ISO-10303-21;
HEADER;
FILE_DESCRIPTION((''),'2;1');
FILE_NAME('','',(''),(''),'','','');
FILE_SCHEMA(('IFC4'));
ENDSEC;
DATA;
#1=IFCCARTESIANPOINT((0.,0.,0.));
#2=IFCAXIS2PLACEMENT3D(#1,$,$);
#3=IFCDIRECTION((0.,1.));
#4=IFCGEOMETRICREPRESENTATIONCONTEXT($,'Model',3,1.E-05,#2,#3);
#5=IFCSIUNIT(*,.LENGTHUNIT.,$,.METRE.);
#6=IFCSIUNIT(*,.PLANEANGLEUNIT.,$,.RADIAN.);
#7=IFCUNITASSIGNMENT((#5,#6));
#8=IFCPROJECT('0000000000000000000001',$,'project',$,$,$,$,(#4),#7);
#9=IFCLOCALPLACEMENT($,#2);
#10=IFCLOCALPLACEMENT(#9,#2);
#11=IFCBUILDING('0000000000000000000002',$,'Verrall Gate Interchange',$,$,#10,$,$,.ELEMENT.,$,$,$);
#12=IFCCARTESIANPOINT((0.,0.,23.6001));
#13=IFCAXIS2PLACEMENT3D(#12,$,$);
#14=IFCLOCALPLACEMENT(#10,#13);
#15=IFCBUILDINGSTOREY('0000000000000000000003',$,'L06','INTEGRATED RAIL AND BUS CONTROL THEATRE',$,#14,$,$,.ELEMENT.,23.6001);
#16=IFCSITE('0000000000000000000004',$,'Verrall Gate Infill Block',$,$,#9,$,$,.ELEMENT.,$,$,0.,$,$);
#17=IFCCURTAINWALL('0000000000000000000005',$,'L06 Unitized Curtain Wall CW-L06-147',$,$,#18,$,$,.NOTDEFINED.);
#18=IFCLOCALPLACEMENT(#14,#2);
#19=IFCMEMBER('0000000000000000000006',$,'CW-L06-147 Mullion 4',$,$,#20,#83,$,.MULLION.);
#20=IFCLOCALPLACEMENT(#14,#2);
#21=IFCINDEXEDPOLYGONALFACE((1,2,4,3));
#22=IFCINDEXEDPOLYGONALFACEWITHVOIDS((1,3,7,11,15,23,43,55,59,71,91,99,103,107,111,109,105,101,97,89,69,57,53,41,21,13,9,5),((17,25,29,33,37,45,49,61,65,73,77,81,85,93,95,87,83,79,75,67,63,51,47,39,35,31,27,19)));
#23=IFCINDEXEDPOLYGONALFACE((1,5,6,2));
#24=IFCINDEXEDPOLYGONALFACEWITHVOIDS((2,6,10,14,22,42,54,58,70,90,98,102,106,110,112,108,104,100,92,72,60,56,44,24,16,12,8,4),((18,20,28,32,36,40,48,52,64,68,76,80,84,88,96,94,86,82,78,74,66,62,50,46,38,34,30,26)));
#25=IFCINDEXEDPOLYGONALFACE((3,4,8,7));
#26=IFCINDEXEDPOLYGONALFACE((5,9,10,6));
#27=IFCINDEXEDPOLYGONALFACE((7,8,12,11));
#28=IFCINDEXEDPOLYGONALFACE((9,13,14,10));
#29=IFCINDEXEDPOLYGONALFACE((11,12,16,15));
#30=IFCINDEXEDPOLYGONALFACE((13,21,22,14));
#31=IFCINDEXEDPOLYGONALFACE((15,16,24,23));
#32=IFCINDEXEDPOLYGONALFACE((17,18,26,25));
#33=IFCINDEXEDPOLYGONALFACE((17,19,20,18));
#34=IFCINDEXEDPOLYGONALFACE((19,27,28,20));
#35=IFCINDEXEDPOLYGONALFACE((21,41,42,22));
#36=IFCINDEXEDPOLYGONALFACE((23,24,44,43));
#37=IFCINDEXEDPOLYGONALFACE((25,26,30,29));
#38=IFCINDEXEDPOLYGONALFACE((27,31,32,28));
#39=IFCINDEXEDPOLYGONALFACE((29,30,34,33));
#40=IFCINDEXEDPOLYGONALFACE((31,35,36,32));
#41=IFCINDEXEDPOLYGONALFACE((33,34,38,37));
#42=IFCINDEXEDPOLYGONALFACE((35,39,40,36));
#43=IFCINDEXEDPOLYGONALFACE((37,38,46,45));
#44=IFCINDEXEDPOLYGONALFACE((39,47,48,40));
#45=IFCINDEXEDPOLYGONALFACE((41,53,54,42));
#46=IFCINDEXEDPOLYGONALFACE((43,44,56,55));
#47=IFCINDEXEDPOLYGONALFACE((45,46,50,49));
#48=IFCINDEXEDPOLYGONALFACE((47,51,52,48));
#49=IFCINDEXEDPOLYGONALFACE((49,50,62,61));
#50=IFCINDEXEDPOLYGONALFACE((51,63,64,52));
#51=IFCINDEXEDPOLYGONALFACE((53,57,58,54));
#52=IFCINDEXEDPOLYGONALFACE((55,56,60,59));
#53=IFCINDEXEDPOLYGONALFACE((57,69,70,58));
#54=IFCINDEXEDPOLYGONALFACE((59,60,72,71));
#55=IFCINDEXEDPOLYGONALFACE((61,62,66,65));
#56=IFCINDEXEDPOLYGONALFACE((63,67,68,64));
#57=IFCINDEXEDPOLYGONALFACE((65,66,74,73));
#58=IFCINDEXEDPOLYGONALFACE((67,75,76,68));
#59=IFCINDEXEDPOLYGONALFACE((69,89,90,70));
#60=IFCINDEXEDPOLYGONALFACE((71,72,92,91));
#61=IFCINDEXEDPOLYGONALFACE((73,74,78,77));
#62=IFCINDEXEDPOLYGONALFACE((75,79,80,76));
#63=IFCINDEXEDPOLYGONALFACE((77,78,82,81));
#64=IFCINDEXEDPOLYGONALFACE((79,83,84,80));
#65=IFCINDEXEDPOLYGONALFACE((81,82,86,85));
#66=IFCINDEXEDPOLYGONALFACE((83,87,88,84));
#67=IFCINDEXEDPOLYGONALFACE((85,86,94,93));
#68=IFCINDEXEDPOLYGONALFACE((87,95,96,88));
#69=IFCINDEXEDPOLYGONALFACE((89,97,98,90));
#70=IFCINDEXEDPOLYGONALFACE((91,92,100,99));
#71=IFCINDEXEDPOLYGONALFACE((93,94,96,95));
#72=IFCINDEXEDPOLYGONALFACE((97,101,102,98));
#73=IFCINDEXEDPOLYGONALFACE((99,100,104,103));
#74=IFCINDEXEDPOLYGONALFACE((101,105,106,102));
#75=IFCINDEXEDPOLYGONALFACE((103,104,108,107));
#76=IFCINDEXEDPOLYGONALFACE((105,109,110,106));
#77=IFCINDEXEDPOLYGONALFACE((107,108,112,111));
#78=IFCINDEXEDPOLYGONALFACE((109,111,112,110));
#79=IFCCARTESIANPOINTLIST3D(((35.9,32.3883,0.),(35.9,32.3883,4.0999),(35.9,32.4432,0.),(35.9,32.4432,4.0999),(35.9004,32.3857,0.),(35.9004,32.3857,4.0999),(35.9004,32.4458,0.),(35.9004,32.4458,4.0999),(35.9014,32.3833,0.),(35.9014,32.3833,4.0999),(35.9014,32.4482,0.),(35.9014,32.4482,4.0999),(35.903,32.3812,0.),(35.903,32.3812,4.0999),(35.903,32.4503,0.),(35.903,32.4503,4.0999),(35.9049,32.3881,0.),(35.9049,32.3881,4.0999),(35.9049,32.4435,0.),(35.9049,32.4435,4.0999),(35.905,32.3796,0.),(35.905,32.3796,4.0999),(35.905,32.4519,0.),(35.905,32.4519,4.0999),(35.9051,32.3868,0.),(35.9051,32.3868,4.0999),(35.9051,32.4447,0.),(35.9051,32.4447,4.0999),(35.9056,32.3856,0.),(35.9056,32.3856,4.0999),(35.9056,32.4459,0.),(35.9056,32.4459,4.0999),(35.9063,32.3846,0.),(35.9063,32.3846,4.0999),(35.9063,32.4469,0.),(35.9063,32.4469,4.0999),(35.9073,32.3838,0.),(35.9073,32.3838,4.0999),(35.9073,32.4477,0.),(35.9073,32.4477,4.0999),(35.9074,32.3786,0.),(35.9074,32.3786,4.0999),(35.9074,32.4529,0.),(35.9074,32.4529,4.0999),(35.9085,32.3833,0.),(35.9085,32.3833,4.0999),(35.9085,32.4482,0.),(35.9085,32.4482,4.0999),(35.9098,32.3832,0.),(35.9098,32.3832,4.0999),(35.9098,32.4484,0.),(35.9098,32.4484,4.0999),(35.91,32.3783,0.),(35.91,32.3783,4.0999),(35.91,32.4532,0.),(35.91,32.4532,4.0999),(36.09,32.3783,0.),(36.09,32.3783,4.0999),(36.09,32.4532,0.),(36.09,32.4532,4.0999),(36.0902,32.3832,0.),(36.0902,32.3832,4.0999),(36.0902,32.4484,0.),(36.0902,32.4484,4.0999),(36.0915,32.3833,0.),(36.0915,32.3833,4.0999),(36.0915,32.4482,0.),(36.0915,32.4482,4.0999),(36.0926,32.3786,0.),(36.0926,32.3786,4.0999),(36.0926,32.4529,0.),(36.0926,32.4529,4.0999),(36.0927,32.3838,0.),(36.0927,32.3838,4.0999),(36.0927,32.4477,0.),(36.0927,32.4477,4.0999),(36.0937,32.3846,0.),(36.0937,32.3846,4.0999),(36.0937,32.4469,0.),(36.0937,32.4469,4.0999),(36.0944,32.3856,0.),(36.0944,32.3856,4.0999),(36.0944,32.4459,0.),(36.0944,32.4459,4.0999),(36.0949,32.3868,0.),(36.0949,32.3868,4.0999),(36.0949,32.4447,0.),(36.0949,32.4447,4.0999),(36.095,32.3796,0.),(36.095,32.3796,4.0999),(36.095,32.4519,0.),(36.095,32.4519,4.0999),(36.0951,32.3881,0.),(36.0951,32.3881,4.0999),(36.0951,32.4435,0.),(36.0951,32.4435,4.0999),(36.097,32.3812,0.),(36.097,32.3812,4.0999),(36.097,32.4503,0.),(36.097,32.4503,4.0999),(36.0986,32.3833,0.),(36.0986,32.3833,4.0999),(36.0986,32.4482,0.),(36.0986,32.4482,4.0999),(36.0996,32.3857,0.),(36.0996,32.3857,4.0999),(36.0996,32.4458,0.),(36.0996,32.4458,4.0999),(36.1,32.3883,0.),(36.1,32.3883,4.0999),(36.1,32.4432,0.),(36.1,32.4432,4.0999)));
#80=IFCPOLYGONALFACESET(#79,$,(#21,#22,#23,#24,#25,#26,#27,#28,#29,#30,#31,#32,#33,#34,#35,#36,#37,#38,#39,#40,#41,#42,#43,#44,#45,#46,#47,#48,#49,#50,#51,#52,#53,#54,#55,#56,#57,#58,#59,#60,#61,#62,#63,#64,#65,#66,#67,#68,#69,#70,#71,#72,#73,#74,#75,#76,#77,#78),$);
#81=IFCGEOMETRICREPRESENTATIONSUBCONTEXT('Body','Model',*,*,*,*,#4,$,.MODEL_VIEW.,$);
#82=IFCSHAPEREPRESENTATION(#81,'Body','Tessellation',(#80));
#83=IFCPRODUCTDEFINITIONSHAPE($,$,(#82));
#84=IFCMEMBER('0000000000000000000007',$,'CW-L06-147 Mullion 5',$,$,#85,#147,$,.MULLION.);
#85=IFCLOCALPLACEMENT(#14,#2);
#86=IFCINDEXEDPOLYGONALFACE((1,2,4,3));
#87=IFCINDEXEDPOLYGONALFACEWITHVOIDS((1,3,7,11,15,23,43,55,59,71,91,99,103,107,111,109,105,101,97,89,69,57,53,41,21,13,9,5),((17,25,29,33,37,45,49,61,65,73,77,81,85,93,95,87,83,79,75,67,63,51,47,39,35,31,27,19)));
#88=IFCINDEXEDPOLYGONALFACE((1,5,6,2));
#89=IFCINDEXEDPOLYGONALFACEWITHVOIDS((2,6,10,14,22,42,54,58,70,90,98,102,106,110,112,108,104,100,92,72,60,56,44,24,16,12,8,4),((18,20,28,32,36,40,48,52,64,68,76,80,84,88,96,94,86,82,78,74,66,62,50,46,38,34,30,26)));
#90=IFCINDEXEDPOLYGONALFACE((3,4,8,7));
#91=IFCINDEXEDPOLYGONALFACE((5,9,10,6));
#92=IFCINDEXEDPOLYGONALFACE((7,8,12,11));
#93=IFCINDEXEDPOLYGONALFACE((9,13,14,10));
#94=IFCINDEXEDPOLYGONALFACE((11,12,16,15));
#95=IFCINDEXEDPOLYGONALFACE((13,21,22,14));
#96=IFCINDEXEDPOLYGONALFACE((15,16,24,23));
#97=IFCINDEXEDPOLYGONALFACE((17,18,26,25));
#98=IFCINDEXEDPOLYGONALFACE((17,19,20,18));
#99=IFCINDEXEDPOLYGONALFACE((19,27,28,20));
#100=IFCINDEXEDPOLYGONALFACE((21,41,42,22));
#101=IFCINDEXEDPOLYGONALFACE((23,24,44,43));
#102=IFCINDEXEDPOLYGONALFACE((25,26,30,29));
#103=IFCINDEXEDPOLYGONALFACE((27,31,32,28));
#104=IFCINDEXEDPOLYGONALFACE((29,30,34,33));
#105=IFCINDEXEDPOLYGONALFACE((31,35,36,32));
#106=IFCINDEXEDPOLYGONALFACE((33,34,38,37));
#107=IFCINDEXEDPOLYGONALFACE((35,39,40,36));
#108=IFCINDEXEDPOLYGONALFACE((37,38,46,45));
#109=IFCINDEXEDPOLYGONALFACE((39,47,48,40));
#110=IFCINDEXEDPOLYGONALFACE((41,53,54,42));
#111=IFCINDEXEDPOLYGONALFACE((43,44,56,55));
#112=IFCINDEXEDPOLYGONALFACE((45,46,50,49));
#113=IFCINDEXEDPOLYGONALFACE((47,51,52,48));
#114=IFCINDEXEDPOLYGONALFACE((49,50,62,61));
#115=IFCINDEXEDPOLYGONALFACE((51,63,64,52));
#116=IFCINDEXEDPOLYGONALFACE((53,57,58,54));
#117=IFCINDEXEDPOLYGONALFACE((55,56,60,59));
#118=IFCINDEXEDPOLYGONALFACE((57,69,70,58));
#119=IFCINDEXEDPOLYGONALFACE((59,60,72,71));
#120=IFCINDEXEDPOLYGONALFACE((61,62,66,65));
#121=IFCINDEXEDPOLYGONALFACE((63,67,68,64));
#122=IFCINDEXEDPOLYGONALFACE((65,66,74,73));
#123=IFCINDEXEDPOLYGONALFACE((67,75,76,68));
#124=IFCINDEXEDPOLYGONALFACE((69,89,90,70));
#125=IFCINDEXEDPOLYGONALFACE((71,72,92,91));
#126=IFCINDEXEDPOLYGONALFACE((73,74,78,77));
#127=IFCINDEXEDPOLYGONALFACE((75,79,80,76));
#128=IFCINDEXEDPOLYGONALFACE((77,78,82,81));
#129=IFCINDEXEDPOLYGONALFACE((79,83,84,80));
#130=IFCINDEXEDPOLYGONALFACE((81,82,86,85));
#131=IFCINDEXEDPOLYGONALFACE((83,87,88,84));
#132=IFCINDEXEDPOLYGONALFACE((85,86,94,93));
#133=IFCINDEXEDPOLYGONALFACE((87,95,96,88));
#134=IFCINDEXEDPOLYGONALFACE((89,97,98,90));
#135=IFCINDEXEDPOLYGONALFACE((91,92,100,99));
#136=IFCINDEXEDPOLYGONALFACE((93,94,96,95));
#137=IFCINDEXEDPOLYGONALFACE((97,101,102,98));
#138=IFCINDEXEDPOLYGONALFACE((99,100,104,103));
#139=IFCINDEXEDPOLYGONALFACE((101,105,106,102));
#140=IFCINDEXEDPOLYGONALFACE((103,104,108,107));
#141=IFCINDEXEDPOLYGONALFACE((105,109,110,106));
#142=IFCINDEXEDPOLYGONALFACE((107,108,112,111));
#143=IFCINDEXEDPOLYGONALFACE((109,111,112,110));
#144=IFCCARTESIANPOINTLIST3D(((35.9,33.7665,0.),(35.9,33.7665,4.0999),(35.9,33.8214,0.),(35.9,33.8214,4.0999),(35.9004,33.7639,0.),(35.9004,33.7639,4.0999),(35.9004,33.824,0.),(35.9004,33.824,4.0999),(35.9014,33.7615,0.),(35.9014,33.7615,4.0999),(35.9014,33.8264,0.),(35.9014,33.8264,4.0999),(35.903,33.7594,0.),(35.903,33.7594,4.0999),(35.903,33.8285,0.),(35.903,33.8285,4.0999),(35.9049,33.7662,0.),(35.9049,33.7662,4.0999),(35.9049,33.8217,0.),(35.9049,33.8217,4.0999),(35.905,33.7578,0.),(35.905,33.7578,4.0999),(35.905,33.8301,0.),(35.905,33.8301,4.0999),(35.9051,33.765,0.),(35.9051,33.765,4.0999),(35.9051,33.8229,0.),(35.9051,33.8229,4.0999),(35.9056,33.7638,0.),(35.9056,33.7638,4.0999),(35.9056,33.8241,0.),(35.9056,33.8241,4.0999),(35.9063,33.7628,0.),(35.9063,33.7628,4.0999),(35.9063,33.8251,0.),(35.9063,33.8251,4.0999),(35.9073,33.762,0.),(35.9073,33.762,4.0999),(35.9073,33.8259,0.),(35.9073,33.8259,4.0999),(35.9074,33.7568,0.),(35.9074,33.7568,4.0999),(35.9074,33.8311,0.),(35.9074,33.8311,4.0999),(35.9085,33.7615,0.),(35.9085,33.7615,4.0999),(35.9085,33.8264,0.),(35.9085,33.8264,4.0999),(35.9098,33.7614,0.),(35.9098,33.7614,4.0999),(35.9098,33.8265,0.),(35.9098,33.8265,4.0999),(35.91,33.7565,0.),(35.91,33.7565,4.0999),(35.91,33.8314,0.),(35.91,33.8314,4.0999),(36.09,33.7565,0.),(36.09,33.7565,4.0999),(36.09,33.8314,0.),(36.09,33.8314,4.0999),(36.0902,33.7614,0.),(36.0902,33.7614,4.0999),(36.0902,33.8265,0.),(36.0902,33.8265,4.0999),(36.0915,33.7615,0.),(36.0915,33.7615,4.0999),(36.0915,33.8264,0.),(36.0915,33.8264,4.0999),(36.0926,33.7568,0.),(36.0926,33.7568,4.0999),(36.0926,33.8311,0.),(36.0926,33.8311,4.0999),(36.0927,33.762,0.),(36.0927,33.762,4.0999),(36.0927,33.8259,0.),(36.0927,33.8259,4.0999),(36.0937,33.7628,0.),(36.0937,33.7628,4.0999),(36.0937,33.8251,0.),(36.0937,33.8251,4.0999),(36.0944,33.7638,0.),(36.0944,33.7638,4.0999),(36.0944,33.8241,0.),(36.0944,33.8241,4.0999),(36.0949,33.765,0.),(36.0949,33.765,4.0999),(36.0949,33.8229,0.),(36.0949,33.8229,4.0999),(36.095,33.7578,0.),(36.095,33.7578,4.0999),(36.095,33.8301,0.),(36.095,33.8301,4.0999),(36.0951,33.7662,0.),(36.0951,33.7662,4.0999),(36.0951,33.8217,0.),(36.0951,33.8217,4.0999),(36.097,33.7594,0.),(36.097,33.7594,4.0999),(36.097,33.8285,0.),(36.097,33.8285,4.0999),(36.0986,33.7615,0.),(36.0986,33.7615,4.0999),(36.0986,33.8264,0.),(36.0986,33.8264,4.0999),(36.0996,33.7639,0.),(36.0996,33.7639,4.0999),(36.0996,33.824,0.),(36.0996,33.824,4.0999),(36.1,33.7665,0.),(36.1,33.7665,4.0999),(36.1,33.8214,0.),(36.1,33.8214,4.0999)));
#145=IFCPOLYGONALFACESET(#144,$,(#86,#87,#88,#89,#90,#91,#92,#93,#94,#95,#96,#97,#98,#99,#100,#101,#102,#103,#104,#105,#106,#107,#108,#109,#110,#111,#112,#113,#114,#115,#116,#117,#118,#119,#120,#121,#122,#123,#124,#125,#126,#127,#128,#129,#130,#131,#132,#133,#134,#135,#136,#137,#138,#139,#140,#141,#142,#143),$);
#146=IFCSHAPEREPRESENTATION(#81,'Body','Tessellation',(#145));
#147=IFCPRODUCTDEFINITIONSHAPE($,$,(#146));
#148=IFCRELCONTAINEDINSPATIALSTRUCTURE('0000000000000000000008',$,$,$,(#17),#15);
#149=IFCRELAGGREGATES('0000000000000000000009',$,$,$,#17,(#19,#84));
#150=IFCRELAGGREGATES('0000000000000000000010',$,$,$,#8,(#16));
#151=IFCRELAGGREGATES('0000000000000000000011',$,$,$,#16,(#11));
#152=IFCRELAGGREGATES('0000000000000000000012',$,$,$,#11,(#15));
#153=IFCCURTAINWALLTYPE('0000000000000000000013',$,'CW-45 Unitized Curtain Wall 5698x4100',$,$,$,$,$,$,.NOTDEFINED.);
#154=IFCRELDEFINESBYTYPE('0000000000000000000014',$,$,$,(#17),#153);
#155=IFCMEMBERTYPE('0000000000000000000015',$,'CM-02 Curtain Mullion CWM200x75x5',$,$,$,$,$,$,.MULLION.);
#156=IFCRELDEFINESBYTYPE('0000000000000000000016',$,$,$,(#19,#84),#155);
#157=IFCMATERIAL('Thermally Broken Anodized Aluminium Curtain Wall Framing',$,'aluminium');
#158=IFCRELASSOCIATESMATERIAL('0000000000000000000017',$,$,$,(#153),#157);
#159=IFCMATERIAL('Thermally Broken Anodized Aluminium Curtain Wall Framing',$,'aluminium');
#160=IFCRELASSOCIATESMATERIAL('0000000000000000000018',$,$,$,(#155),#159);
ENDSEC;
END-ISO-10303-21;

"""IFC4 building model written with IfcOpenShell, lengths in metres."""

from ifc_helpers import new_model, si_unit, direction, frame, origin, origin_2d, place, context, subcontext, project, spatial, hollow_rectangle, extrude, material, material_profile, profile_set, type_object, element, aggregate, save


model = new_model("IFC4")

# Units and contexts
model_context = context("Model", 3, precision=1e-05, world=origin(), true_north=direction((0.0, 1.0)))
body_context = subcontext(model_context, "Body", "Model", "MODEL_VIEW")
ifc_project = project(units=[si_unit("LENGTHUNIT", "METRE"), si_unit("PLANEANGLEUNIT", "RADIAN")], contexts=[model_context])

# Site, building, storey
site_placement = place(None, origin())
site = spatial("IfcSite", under=ifc_project, at=site_placement, Name="Verrall Gate Infill Block", CompositionType="ELEMENT", RefElevation=0.0)
building_placement = place(site_placement, origin())
building = spatial("IfcBuilding", under=site, at=building_placement, Name="Verrall Gate Interchange", CompositionType="ELEMENT")
storey_placement = place(building_placement, frame((0.0, 0.0, 23.6001)))
storey = spatial("IfcBuildingStorey", under=building, at=storey_placement, Name="L06", Description="INTEGRATED RAIL AND BUS CONTROL THEATRE", CompositionType="ELEMENT", Elevation=23.6001)

# Curtain wall, members
ifc_material_1 = material(Name="Thermally Broken Anodized Aluminium Curtain Wall Framing", Category="aluminium")
curtain_wall_type = type_object("IfcCurtainWallType", Name="CW-45 Unitized Curtain Wall 5698x4100", PredefinedType="NOTDEFINED", material=ifc_material_1)
curtain_wall_1_placement = place(storey_placement, origin())
curtain_wall_1 = element("IfcCurtainWall", 1, at=curtain_wall_1_placement, inside=storey, type_object=curtain_wall_type, Name="L06 Unitized Curtain Wall CW-L06-147", PredefinedType="NOTDEFINED")
ifc_material_2 = material(Name="Thermally Broken Anodized Aluminium Curtain Wall Framing", Category="aluminium")
ifc_material_profile_1 = material_profile(ifc_material_2, hollow_rectangle(XDim=0.075, YDim=0.2, WallThickness=0.0049, InnerFilletRadius=0.0049, OuterFilletRadius=0.01, at=origin_2d()), Name="CWM200x75x5")
ifc_profile_set_1 = profile_set([ifc_material_profile_1], Name="Thermally Broken Anodized Aluminium Curtain Wall Framing")
member_type_1 = type_object("IfcMemberType", Name="CM-02 Curtain Mullion CWM200x75x5", PredefinedType="MULLION", material=ifc_profile_set_1)
member_1_placement = place(storey_placement, frame((36.0, 32.4158, 0.0), z_axis=(0.0, 0.0, 1.0), x_axis=(0.0, 1.0, 0.0)))
member_1 = element("IfcMember", 2, at=member_1_placement, type_object=member_type_1, Name="CW-L06-147 Mullion 4", PredefinedType="MULLION", context=body_context, shape_type="SweptSolid", body=[
    extrude(hollow_rectangle(XDim=0.075, YDim=0.2, WallThickness=0.0049, InnerFilletRadius=0.0049, OuterFilletRadius=0.01, at=origin_2d()), origin(), (0.0, 0.0, 1.0), 4.0999),
])
member_2_placement = place(storey_placement, frame((36.0, 33.7939, 0.0), z_axis=(0.0, 0.0, 1.0), x_axis=(0.0, 1.0, 0.0)))
member_2 = element("IfcMember", 3, at=member_2_placement, type_object=member_type_1, Name="CW-L06-147 Mullion 5", PredefinedType="MULLION", context=body_context, shape_type="SweptSolid", body=[
    extrude(hollow_rectangle(XDim=0.075, YDim=0.2, WallThickness=0.0049, InnerFilletRadius=0.0049, OuterFilletRadius=0.01, at=origin_2d()), origin(), (0.0, 0.0, 1.0), 4.0999),
])

aggregate(curtain_wall_1, [member_1, member_2])

save(model, "model.ifc")
